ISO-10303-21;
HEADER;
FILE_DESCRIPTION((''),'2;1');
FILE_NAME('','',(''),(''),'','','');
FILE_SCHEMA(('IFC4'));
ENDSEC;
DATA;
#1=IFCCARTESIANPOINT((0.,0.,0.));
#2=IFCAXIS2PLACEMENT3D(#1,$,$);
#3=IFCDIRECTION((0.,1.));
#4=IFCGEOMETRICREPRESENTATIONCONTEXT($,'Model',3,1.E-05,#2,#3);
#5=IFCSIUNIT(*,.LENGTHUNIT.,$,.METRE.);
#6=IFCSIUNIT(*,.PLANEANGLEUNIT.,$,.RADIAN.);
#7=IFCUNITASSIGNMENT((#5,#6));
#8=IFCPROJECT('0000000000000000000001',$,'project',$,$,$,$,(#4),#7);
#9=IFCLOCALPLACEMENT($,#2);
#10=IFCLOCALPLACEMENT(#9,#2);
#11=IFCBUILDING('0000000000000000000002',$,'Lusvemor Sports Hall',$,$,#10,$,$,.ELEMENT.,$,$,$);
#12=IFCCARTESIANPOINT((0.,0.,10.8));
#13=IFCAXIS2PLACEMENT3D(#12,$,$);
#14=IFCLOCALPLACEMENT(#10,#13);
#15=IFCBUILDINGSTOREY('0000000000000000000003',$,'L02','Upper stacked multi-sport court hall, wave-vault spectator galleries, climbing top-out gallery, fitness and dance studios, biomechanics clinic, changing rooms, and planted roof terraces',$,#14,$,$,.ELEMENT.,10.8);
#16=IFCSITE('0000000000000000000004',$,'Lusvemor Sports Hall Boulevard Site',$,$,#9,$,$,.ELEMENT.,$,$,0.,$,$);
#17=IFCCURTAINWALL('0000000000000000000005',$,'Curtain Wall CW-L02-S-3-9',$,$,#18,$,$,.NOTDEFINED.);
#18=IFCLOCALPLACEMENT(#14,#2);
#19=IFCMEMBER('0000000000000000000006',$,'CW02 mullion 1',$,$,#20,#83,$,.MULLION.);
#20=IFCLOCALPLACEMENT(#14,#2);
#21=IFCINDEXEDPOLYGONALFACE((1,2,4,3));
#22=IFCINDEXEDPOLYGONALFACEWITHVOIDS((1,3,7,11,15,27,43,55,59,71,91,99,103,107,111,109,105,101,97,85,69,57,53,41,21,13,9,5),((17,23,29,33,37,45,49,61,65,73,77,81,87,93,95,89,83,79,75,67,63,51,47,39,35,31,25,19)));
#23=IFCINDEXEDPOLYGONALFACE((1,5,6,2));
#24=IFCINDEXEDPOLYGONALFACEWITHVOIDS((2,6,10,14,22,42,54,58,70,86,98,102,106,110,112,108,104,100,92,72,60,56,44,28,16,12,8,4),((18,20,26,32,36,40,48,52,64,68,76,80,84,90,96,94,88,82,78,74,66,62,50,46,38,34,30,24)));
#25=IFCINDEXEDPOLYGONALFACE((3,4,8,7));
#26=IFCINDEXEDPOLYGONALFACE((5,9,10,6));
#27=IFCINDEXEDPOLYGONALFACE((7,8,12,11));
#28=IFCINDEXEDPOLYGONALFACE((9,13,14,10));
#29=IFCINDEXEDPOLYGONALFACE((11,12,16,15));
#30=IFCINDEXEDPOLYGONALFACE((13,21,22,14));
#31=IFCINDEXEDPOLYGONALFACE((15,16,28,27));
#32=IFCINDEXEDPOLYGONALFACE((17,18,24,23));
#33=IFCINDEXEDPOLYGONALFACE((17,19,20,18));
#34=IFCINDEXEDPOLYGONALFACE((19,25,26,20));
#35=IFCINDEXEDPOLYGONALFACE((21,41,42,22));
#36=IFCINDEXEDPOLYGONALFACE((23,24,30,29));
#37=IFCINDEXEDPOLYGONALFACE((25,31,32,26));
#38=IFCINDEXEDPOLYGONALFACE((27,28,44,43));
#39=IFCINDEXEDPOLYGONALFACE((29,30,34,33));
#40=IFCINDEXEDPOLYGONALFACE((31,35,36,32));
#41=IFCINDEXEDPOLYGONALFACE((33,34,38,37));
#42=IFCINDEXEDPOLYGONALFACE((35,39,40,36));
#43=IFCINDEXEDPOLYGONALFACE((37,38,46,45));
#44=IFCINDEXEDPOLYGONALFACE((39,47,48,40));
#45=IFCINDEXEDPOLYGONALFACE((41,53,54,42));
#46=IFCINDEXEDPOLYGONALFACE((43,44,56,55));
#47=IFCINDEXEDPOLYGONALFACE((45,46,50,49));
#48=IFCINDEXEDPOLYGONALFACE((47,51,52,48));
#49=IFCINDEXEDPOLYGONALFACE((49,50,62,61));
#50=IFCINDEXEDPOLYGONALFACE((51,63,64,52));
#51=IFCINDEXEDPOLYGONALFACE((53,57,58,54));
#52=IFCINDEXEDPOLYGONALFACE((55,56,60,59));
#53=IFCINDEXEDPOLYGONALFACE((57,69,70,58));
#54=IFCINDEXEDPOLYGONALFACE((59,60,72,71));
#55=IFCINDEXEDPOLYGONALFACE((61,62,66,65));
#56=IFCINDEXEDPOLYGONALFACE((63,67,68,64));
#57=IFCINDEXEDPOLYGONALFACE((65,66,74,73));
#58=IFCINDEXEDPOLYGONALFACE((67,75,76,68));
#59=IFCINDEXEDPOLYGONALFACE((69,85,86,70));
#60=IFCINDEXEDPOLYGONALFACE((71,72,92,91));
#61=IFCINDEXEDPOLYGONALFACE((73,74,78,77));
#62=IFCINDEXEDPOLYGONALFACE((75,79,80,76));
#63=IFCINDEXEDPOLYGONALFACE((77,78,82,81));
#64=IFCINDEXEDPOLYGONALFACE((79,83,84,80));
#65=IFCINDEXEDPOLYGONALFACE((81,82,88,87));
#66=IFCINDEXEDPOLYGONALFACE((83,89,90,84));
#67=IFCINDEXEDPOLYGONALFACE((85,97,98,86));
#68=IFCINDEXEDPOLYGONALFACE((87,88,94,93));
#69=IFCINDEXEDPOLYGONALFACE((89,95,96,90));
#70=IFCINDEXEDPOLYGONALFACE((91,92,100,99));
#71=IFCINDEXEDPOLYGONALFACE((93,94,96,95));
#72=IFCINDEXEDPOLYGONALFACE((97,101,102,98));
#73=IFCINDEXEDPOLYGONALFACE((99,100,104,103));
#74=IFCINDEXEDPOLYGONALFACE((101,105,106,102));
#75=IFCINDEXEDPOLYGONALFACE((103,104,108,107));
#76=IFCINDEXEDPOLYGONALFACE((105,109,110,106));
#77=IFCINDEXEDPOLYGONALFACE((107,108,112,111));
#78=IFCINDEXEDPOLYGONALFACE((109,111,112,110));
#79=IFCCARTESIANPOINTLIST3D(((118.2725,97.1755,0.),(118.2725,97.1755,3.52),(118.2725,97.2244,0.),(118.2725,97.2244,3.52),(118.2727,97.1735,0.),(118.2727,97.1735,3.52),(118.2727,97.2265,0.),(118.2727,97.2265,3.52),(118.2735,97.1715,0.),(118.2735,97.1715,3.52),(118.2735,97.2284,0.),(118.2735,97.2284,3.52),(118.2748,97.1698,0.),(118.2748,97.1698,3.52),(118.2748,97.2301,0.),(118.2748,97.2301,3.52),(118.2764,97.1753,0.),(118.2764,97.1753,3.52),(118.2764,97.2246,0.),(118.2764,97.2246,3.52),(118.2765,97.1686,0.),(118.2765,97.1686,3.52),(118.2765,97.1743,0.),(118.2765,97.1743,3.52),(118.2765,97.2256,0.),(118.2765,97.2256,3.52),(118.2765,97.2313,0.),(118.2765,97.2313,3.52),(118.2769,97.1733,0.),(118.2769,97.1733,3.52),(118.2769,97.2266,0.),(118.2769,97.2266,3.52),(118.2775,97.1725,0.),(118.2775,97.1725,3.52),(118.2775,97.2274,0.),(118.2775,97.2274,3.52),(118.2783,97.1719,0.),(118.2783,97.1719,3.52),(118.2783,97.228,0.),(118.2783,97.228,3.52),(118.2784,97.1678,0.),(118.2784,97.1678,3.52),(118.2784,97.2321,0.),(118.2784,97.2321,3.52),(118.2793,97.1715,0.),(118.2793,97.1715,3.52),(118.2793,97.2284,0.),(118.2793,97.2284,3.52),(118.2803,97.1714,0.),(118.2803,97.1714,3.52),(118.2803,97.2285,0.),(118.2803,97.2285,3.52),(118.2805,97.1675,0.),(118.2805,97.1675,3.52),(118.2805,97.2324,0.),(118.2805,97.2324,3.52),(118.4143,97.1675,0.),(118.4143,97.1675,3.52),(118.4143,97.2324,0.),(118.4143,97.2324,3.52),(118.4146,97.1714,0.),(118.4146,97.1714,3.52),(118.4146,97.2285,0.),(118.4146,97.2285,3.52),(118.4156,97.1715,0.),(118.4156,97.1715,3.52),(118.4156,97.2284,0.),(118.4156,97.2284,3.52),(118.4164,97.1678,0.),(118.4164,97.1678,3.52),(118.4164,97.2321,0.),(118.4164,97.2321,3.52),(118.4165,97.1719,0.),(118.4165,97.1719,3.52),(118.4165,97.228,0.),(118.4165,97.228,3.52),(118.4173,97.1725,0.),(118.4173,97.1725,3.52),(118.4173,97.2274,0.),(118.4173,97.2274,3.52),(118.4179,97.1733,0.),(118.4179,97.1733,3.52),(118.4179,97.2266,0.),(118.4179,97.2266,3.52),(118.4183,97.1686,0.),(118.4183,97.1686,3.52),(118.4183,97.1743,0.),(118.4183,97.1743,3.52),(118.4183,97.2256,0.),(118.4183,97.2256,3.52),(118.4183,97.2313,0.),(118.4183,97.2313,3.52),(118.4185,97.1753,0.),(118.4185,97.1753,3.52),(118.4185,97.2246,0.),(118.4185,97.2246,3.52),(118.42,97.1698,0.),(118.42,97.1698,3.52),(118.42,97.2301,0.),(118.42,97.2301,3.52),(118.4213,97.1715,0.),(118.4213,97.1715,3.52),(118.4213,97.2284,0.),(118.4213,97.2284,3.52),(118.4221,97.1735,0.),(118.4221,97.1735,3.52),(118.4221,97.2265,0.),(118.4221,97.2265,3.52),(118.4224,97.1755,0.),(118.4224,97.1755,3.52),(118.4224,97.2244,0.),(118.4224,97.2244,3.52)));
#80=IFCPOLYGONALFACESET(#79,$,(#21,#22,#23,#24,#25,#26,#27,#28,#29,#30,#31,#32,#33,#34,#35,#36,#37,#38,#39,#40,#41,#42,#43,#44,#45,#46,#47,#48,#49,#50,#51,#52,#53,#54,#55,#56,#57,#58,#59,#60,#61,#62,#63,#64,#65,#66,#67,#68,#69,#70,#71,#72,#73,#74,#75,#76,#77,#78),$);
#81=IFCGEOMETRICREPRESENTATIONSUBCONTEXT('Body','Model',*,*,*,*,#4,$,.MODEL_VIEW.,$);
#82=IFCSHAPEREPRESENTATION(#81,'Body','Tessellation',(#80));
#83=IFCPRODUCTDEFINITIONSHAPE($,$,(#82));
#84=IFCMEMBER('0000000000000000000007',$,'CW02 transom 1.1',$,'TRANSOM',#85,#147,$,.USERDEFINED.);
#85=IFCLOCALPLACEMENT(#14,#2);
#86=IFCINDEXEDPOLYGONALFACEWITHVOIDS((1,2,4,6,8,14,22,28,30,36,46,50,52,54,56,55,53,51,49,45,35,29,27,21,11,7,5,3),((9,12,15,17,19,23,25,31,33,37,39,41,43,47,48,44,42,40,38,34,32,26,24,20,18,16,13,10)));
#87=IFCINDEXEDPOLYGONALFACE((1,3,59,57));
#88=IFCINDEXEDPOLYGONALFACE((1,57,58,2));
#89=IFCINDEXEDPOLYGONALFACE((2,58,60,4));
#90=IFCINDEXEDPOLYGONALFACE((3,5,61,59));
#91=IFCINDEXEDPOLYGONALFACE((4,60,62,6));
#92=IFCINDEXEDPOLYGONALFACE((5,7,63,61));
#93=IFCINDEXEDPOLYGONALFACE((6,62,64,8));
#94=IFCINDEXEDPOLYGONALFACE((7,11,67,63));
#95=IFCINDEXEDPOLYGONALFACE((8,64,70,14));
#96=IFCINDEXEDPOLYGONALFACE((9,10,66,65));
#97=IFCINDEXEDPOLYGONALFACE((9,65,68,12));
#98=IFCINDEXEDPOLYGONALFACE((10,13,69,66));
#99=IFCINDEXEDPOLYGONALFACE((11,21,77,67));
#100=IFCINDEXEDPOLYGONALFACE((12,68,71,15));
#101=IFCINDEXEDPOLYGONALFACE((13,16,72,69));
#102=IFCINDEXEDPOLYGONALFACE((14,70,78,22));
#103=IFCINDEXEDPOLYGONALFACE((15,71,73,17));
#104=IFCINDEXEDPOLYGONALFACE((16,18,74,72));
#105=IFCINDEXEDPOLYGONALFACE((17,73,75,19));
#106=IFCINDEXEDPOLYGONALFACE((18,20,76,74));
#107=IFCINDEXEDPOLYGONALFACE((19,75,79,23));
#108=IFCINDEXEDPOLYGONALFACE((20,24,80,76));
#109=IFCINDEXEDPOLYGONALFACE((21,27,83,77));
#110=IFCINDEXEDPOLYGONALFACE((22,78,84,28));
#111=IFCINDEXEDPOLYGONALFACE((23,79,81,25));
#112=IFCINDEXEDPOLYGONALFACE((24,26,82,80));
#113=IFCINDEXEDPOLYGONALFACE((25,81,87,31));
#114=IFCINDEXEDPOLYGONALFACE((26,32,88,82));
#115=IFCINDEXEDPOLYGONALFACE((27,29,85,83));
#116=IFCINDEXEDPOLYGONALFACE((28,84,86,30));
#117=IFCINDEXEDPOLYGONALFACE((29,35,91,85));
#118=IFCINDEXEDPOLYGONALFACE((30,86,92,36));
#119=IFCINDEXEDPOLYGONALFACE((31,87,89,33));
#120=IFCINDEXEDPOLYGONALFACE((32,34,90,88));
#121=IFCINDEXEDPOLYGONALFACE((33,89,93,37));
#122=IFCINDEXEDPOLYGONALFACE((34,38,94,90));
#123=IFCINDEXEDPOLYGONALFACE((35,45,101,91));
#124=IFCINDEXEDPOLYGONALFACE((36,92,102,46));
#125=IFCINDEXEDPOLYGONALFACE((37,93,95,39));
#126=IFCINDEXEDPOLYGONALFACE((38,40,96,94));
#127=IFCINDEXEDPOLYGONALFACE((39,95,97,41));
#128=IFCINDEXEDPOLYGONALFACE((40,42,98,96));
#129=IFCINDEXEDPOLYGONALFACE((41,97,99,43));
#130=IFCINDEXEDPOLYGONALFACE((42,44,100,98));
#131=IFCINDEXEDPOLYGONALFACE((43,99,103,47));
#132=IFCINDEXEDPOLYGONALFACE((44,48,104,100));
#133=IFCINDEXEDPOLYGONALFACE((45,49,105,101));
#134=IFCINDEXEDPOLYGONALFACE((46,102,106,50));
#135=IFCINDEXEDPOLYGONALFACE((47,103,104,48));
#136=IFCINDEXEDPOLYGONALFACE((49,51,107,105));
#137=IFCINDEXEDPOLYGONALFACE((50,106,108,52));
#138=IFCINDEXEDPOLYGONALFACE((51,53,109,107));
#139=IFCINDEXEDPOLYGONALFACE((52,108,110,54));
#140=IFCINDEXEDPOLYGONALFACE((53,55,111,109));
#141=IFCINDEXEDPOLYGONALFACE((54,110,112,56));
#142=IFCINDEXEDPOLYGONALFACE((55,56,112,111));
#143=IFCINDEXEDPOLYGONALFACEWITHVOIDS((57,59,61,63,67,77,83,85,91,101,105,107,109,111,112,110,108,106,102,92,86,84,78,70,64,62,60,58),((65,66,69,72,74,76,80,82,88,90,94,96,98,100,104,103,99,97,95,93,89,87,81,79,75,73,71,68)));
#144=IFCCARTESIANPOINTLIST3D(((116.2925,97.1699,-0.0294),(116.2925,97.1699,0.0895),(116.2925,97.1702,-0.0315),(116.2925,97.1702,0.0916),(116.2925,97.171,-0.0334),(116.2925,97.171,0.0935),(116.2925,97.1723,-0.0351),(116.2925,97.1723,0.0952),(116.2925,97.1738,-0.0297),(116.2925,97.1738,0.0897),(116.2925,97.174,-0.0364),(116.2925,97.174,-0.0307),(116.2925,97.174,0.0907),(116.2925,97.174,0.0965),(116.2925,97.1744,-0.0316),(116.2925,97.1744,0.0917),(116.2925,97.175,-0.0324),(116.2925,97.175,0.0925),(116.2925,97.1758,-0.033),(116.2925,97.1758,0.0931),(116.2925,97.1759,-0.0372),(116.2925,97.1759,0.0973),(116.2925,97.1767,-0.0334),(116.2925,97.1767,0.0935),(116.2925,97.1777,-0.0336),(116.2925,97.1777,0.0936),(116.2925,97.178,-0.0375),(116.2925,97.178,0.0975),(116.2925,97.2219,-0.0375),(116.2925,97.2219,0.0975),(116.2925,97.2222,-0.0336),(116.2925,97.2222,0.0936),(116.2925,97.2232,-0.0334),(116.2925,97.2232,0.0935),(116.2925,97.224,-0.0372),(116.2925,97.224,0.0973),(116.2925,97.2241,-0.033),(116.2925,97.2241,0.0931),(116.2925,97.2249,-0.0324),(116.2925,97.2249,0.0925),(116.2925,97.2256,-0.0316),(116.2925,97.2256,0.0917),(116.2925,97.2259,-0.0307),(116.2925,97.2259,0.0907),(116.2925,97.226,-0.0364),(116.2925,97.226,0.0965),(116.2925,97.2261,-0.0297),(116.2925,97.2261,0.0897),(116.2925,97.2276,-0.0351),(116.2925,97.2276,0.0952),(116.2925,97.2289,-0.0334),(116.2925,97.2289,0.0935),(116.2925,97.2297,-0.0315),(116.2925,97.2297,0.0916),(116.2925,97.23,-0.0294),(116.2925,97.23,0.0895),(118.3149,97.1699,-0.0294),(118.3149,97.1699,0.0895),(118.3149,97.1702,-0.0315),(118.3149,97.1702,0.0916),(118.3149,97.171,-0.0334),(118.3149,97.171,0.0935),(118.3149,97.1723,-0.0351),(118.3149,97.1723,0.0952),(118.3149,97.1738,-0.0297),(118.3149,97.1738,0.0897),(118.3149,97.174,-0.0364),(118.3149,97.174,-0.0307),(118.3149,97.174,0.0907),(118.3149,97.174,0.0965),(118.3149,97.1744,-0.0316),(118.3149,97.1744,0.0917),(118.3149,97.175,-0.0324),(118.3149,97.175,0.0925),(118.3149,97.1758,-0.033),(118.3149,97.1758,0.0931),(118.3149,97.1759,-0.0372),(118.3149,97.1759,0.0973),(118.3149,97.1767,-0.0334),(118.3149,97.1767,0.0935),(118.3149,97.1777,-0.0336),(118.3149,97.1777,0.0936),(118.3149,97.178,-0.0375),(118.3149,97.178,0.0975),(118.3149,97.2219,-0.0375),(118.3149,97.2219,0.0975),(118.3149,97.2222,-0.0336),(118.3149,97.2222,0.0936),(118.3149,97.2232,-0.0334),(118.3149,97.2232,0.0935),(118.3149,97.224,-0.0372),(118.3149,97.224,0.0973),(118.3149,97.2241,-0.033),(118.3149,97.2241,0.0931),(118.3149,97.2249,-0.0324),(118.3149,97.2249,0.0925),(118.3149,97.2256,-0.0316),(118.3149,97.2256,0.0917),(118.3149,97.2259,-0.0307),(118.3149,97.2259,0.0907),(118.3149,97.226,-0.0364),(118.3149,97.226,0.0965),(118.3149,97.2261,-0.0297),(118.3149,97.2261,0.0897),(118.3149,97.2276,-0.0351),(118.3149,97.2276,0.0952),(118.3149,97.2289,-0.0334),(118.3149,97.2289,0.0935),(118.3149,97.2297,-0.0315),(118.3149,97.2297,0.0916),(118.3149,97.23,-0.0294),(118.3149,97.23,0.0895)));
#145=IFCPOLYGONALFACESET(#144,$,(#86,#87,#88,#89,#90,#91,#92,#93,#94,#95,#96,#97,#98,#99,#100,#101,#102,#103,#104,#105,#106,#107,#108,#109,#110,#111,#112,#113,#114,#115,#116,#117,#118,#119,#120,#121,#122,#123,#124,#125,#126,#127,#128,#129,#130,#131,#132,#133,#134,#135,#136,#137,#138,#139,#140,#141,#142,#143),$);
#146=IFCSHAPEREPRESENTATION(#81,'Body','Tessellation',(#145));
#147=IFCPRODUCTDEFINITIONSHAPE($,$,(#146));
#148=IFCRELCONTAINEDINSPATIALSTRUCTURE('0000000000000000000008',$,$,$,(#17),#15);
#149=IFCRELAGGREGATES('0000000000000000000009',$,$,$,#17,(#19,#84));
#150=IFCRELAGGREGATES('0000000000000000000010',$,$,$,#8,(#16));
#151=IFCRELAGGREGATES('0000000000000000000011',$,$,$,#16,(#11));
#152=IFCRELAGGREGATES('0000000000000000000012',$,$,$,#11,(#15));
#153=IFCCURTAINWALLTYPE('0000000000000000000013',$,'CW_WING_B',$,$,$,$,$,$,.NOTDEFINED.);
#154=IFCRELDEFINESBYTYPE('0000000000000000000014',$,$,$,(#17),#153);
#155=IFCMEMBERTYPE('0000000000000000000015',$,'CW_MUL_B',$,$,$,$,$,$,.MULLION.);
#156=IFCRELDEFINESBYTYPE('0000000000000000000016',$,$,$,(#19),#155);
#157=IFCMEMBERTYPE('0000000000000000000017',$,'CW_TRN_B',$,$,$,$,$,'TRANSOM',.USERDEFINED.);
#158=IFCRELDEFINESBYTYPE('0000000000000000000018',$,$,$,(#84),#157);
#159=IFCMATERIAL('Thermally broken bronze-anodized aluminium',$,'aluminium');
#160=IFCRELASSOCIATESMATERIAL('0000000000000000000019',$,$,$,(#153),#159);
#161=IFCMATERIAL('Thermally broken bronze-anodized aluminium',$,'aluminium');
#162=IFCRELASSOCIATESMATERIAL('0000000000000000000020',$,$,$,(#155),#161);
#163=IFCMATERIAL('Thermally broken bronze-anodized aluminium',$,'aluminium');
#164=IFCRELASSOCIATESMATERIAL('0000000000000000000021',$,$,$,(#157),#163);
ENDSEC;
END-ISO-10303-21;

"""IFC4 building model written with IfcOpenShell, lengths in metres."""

from ifc_helpers import new_model, si_unit, direction, frame, origin, origin_2d, place, context, subcontext, project, spatial, hollow_rectangle, extrude, material, material_profile, profile_set, type_object, element, aggregate, save


model = new_model("IFC4")

# Units and contexts
model_context = context("Model", 3, precision=1e-05, world=origin(), true_north=direction((0.0, 1.0)))
body_context = subcontext(model_context, "Body", "Model", "MODEL_VIEW")
ifc_project = project(units=[si_unit("LENGTHUNIT", "METRE"), si_unit("PLANEANGLEUNIT", "RADIAN")], contexts=[model_context])

# Site, building, storey
site_placement = place(None, origin())
site = spatial("IfcSite", under=ifc_project, at=site_placement, Name="Lusvemor Sports Hall Boulevard Site", CompositionType="ELEMENT", RefElevation=0.0)
building_placement = place(site_placement, origin())
building = spatial("IfcBuilding", under=site, at=building_placement, Name="Lusvemor Sports Hall", CompositionType="ELEMENT")
storey_placement = place(building_placement, frame((0.0, 0.0, 10.8)))
storey = spatial("IfcBuildingStorey", under=building, at=storey_placement, Name="L02", Description="Upper stacked multi-sport court hall, wave-vault spectator galleries, climbing top-out gallery, fitness and dance studios, biomechanics clinic, changing rooms, and planted roof terraces", CompositionType="ELEMENT", Elevation=10.8)

# Curtain wall, members
ifc_material_1 = material(Name="Thermally broken bronze-anodized aluminium", Category="aluminium")
curtain_wall_type = type_object("IfcCurtainWallType", Name="CW_WING_B", PredefinedType="NOTDEFINED", material=ifc_material_1)
curtain_wall_placement = place(storey_placement, origin())
curtain_wall = element("IfcCurtainWall", 1, at=curtain_wall_placement, inside=storey, type_object=curtain_wall_type, Name="Curtain Wall CW-L02-S-3-9", PredefinedType="NOTDEFINED")
ifc_material_2 = material(Name="Thermally broken bronze-anodized aluminium", Category="aluminium")
ifc_material_profile_1 = material_profile(ifc_material_2, hollow_rectangle(XDim=0.0649, YDim=0.1499, WallThickness=0.0039, InnerFilletRadius=0.0039, OuterFilletRadius=0.0081, at=origin_2d()), Name="CWMUL150x65x4")
ifc_profile_set_1 = profile_set([ifc_material_profile_1], Name="Thermally broken bronze-anodized aluminium")
member_type_1 = type_object("IfcMemberType", Name="CW_MUL_B", PredefinedType="MULLION", material=ifc_profile_set_1)
member_1_placement = place(storey_placement, frame((118.3474, 97.2, 0.0), z_axis=(0.0, 0.0, 1.0), x_axis=(0.0, -1.0, 0.0)))
member_1 = element("IfcMember", 2, at=member_1_placement, type_object=member_type_1, Name="CW02 mullion 1", PredefinedType="MULLION", context=body_context, shape_type="SweptSolid", body=[
    extrude(hollow_rectangle(XDim=0.0649, YDim=0.1499, WallThickness=0.0039, InnerFilletRadius=0.0039, OuterFilletRadius=0.0081, at=origin_2d()), origin(), (0.0, 0.0, 1.0), 3.52),
])
ifc_material_3 = material(Name="Thermally broken bronze-anodized aluminium", Category="aluminium")
ifc_material_profile_2 = material_profile(ifc_material_3, hollow_rectangle(XDim=0.0601, YDim=0.135, WallThickness=0.0039, InnerFilletRadius=0.0039, OuterFilletRadius=0.0081, at=origin_2d()), Name="CWTRN135x60x4")
ifc_profile_set_2 = profile_set([ifc_material_profile_2], Name="Thermally broken bronze-anodized aluminium")
member_type_2 = type_object("IfcMemberType", Name="CW_TRN_B", ElementType="TRANSOM", PredefinedType="USERDEFINED", material=ifc_profile_set_2)
member_2_placement = place(storey_placement, frame((118.3149, 97.2, 0.03), z_axis=(-1.0, 0.0, 0.0), x_axis=(0.0, -1.0, 0.0)))
member_2 = element("IfcMember", 3, at=member_2_placement, type_object=member_type_2, Name="CW02 transom 1.1", ObjectType="TRANSOM", PredefinedType="USERDEFINED", context=body_context, shape_type="SweptSolid", body=[
    extrude(hollow_rectangle(XDim=0.0601, YDim=0.135, WallThickness=0.0039, InnerFilletRadius=0.0039, OuterFilletRadius=0.0081, at=origin_2d()), origin(), (0.0, 0.0, 1.0), 2.0225),
])

aggregate(curtain_wall, [member_1, member_2])

save(model, "model.ifc")
